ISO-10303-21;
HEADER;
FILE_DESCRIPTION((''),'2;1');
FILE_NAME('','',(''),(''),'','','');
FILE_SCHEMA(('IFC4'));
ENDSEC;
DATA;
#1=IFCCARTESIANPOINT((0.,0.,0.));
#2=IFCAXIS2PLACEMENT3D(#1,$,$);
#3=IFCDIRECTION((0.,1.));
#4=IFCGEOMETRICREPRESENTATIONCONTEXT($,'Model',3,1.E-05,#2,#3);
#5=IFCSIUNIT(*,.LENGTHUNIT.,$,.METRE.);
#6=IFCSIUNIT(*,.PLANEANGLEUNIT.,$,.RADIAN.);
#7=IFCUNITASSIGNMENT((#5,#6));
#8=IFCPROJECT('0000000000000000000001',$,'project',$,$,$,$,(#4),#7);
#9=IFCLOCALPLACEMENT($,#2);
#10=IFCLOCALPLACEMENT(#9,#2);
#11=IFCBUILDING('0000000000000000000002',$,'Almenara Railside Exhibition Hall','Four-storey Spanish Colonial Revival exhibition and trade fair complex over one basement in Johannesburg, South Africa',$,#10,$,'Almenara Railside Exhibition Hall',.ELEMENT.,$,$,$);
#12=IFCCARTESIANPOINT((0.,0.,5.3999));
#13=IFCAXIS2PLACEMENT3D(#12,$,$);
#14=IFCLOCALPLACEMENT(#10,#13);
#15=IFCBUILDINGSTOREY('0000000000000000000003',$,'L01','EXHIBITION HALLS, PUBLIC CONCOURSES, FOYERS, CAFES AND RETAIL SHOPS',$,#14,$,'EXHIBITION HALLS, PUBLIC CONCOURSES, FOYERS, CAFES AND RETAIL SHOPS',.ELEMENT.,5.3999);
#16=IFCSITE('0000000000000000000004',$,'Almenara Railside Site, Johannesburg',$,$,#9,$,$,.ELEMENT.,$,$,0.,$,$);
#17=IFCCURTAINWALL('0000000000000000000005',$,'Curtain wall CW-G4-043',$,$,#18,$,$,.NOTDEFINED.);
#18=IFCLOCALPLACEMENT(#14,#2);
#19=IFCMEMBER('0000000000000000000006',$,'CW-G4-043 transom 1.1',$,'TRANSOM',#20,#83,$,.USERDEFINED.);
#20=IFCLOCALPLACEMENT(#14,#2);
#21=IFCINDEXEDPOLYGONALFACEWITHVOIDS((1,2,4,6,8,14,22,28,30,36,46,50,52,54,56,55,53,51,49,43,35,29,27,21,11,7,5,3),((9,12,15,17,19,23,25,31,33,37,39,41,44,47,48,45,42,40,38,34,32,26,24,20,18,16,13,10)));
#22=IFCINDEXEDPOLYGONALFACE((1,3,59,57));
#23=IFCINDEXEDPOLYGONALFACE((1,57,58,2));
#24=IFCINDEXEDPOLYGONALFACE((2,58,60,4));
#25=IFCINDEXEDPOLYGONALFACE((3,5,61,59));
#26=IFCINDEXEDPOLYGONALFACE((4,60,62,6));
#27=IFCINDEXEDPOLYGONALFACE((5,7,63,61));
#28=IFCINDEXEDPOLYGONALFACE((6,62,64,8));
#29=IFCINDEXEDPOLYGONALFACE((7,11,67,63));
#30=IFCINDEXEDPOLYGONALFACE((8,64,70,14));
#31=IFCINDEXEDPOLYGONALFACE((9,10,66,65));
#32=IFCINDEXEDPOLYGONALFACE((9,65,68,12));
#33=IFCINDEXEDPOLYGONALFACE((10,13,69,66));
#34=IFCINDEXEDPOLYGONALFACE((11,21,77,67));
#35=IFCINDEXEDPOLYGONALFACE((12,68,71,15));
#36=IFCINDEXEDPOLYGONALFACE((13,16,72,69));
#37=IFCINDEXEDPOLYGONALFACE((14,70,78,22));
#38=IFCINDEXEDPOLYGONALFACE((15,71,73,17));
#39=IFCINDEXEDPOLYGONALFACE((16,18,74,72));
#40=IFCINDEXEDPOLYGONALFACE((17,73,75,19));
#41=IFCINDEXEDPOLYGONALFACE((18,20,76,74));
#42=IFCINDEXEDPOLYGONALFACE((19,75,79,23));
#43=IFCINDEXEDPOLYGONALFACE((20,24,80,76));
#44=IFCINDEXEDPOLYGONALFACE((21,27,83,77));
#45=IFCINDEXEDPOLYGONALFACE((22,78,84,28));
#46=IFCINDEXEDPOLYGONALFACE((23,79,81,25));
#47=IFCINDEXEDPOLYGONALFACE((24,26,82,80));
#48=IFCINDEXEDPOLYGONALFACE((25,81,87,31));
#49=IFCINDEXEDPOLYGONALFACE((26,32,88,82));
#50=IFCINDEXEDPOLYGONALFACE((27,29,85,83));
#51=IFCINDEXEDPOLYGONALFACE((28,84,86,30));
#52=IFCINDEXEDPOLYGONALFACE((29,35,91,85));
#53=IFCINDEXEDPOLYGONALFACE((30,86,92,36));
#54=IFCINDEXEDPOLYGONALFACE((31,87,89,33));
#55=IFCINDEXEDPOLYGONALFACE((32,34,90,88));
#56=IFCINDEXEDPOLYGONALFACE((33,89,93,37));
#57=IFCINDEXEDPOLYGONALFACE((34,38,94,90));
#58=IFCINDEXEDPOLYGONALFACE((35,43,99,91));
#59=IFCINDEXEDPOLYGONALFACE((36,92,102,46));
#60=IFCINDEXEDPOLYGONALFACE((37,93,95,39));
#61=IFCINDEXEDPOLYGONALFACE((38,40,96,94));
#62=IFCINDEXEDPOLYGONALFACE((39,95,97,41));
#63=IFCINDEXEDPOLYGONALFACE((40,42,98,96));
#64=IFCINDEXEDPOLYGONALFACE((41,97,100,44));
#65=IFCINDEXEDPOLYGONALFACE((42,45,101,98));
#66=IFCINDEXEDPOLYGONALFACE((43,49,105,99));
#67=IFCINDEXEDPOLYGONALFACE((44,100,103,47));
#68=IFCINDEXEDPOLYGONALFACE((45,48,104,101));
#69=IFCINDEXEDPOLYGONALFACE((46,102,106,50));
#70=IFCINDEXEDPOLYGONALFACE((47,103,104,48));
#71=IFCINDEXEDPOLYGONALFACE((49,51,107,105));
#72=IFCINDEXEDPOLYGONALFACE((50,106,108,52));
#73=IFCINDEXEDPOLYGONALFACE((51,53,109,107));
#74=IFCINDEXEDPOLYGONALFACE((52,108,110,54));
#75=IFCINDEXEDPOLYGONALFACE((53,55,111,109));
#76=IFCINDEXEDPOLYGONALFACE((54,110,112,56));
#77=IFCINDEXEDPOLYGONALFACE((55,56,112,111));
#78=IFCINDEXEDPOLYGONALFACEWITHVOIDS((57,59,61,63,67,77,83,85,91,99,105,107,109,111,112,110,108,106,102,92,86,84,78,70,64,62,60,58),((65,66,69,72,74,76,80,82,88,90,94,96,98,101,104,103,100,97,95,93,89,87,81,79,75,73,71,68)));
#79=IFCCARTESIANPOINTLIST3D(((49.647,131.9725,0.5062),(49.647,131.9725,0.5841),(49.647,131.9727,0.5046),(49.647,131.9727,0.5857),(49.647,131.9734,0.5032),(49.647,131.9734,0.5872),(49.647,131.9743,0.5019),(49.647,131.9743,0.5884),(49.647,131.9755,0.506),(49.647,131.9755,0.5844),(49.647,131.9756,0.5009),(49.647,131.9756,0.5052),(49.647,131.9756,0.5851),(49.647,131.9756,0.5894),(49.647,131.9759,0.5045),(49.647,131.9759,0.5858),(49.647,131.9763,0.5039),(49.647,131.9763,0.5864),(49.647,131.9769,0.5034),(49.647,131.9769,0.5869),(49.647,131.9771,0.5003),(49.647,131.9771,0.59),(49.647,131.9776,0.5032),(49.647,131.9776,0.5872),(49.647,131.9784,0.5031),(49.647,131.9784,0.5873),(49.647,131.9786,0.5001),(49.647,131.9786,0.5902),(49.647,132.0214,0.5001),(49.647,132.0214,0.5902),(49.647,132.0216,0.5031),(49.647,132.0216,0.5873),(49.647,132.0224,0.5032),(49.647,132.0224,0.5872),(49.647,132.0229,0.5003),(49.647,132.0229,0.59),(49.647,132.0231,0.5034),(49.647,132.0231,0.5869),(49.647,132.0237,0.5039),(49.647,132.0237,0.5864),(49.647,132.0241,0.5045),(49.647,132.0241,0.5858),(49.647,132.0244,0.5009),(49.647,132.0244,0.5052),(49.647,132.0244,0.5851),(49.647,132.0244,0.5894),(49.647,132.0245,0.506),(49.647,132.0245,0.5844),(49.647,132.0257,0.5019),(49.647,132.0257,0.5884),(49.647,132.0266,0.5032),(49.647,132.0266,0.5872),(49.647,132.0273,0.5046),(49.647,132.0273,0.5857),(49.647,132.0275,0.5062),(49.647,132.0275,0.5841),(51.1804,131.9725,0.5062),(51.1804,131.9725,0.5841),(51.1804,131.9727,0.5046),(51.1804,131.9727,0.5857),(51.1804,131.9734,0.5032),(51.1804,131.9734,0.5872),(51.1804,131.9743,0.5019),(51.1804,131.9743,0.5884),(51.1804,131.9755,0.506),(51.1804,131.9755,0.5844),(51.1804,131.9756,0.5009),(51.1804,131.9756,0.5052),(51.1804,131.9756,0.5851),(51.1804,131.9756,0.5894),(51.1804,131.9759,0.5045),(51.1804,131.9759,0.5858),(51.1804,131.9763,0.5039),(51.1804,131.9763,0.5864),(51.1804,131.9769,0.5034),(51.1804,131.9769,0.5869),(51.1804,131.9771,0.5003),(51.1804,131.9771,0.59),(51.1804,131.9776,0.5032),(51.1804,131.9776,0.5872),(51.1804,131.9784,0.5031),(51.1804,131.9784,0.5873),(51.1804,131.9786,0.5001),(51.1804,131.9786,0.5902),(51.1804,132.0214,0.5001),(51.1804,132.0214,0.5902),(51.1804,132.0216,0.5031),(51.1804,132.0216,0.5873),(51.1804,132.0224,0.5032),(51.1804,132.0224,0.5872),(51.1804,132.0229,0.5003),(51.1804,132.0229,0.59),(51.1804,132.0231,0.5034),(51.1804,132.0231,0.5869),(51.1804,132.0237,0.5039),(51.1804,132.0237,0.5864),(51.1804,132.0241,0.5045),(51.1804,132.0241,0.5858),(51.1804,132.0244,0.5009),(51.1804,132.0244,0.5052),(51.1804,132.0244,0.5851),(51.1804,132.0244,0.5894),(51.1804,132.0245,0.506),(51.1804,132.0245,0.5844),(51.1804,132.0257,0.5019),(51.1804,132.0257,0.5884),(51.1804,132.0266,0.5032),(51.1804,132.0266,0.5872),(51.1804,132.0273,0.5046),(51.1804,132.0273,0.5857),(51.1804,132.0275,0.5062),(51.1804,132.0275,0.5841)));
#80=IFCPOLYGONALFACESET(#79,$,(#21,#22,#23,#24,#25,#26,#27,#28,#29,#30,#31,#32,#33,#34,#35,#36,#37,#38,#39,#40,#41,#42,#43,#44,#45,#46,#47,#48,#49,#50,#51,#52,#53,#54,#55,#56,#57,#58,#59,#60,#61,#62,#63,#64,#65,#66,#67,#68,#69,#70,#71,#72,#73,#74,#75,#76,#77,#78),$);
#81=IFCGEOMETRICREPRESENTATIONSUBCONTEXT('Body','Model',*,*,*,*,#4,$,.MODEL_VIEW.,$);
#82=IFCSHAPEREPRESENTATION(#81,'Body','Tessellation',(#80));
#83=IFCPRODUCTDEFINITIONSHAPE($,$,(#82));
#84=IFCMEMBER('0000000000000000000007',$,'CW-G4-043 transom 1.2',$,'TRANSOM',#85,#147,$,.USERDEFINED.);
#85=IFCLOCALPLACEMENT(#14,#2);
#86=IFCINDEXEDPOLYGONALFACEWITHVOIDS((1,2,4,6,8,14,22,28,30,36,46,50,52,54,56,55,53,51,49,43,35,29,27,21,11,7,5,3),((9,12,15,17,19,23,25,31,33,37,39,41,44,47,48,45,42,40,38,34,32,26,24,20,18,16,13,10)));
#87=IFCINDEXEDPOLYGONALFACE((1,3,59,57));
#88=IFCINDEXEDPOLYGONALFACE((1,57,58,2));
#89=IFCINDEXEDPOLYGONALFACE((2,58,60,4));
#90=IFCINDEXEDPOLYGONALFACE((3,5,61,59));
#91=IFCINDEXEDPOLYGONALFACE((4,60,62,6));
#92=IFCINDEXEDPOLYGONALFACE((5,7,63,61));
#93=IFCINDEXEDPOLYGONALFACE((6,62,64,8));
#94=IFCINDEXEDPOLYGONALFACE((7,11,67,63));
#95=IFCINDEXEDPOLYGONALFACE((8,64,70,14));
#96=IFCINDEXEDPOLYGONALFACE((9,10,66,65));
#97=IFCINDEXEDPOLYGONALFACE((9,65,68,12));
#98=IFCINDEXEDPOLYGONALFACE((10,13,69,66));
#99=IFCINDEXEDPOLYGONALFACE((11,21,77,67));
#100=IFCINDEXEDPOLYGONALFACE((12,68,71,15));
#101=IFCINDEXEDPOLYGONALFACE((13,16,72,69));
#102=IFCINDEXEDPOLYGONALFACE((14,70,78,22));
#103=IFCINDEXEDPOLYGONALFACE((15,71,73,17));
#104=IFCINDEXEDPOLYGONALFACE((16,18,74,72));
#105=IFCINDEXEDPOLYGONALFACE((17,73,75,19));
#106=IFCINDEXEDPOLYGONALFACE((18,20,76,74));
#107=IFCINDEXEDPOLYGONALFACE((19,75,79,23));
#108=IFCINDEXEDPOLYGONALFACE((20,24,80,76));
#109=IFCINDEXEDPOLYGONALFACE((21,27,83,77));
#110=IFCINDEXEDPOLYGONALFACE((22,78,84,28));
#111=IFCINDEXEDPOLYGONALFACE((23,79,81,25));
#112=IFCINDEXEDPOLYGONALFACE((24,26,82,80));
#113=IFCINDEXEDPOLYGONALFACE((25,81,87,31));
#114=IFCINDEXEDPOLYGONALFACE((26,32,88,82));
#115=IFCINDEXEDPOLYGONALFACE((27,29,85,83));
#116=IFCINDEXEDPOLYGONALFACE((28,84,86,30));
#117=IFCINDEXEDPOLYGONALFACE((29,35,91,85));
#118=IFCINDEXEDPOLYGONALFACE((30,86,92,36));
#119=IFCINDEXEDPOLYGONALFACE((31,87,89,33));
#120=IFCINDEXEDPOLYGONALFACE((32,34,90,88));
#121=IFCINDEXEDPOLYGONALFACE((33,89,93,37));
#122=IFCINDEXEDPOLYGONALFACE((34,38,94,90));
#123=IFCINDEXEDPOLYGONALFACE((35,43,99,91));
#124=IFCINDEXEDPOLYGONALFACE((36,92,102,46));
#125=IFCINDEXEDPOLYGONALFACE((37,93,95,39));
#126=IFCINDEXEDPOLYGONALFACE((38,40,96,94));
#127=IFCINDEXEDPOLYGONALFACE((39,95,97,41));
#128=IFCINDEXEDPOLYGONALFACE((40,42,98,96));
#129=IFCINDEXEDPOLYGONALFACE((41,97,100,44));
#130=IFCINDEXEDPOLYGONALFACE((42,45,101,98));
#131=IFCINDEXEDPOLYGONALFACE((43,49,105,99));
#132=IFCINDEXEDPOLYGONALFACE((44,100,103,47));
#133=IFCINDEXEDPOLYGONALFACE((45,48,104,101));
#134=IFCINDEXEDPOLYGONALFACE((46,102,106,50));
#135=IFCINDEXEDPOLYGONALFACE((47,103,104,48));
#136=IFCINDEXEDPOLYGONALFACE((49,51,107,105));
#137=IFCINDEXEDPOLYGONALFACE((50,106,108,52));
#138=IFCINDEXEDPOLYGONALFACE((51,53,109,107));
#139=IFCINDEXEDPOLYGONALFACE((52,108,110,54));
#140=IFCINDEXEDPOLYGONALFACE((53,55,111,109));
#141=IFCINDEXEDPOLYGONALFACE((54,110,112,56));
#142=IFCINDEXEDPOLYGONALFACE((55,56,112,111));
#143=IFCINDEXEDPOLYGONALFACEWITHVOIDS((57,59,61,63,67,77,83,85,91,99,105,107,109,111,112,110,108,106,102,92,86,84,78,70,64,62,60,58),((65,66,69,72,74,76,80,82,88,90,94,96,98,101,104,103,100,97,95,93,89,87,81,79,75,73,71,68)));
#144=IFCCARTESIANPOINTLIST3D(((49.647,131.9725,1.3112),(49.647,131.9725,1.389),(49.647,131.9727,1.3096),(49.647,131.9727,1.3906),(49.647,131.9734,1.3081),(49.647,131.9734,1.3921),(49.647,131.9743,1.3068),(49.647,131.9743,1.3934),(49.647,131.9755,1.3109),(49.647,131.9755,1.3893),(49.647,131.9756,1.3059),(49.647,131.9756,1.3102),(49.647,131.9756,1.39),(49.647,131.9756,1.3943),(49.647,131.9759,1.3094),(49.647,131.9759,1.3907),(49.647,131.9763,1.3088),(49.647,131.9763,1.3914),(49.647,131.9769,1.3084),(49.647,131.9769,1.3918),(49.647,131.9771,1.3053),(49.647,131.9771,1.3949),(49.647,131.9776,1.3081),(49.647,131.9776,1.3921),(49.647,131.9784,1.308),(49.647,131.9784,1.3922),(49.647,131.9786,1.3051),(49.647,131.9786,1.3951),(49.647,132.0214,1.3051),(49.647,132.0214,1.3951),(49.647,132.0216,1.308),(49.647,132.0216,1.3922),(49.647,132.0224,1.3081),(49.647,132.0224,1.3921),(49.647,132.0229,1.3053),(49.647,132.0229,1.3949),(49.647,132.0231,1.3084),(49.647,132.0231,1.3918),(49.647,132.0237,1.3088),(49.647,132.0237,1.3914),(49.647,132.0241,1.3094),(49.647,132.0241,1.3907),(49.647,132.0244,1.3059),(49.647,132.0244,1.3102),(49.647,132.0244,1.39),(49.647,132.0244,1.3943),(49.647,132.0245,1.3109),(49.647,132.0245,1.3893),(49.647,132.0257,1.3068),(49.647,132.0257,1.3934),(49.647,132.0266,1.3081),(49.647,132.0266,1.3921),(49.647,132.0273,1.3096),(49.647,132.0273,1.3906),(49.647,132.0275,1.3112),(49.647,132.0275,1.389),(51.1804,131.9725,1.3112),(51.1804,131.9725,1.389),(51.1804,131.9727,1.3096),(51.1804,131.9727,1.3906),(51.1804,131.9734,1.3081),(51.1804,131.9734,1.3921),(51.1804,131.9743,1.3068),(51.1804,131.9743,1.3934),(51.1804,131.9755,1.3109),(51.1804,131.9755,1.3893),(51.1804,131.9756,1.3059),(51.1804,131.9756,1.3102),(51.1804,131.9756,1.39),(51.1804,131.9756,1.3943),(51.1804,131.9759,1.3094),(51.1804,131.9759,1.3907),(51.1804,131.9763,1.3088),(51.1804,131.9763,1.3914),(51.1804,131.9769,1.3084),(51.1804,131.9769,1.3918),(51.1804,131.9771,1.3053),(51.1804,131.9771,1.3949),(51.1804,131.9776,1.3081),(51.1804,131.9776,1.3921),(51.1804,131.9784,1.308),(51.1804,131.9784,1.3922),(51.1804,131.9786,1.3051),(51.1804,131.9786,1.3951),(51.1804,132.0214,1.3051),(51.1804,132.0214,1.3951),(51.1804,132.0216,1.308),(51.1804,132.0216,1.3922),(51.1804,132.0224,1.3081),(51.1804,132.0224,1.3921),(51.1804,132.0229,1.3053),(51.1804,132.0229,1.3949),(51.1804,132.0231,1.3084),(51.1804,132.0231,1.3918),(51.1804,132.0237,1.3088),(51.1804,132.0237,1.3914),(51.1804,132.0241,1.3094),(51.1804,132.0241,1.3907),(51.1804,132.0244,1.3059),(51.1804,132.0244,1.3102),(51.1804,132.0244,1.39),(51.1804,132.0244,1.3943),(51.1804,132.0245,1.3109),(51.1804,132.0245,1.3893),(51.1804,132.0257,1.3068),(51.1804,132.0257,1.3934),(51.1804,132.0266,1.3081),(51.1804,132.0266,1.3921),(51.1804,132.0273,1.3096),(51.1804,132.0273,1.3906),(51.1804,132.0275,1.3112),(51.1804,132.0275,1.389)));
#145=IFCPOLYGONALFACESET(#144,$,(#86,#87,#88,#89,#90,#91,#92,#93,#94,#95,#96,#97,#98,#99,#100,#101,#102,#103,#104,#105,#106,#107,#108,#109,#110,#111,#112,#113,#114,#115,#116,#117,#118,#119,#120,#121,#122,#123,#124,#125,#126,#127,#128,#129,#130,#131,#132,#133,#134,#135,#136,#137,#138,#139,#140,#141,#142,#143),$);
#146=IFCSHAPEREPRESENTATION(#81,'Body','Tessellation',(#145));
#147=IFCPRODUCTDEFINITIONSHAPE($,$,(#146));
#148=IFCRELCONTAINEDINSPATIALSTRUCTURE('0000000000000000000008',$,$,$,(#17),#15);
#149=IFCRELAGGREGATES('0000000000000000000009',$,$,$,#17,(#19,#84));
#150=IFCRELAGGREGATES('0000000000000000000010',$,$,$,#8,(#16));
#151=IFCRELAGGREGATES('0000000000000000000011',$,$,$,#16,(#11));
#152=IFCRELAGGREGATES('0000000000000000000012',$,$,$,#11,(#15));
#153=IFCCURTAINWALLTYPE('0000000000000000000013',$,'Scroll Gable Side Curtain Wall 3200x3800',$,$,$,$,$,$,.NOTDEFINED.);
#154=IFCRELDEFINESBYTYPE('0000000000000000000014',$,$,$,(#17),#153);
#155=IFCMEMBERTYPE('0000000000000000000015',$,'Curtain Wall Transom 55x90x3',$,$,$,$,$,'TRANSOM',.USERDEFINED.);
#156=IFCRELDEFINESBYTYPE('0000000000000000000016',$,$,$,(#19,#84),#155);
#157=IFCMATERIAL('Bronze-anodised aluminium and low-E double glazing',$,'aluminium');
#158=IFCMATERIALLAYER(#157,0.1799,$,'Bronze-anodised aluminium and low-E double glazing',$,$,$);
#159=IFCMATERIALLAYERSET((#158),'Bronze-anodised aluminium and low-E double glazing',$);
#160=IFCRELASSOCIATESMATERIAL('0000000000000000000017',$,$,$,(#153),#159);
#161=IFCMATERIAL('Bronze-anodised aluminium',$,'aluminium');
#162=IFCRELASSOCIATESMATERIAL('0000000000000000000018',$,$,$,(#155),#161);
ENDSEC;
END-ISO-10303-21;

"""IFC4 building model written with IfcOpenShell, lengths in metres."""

from ifc_helpers import new_model, si_unit, direction, frame, origin, origin_2d, place, context, subcontext, project, spatial, hollow_rectangle, extrude, material, layer, layer_set, material_profile, profile_set, type_object, element, aggregate, save


model = new_model("IFC4")

# Units and contexts
model_context = context("Model", 3, precision=1e-05, world=origin(), true_north=direction((0.0, 1.0)))
body_context = subcontext(model_context, "Body", "Model", "MODEL_VIEW")
ifc_project = project(units=[si_unit("LENGTHUNIT", "METRE"), si_unit("PLANEANGLEUNIT", "RADIAN")], contexts=[model_context])

# Site, building, storey
site_placement = place(None, origin())
site = spatial("IfcSite", under=ifc_project, at=site_placement, Name="Almenara Railside Site, Johannesburg", CompositionType="ELEMENT", RefElevation=0.0)
building_placement = place(site_placement, origin())
building = spatial("IfcBuilding", under=site, at=building_placement, Name="Almenara Railside Exhibition Hall", Description="Four-storey Spanish Colonial Revival exhibition and trade fair complex over one basement in Johannesburg, South Africa", LongName="Almenara Railside Exhibition Hall", CompositionType="ELEMENT")
storey_placement = place(building_placement, frame((0.0, 0.0, 5.3999)))
storey = spatial("IfcBuildingStorey", under=building, at=storey_placement, Name="L01", Description="EXHIBITION HALLS, PUBLIC CONCOURSES, FOYERS, CAFES AND RETAIL SHOPS", LongName="EXHIBITION HALLS, PUBLIC CONCOURSES, FOYERS, CAFES AND RETAIL SHOPS", CompositionType="ELEMENT", Elevation=5.3999)

# Curtain wall
ifc_material_1 = material(Name="Bronze-anodised aluminium and low-E double glazing", Category="aluminium")
ifc_layer_1 = layer(ifc_material_1, 0.1799, Name="Bronze-anodised aluminium and low-E double glazing")
ifc_layer_set_1 = layer_set([ifc_layer_1], Name="Bronze-anodised aluminium and low-E double glazing")
curtain_wall_type_1 = type_object("IfcCurtainWallType", Name="Scroll Gable Side Curtain Wall 3200x3800", PredefinedType="NOTDEFINED", material=ifc_layer_set_1)
curtain_wall_1_placement = place(storey_placement, origin())
curtain_wall_1 = element("IfcCurtainWall", 1, at=curtain_wall_1_placement, inside=storey, type_object=curtain_wall_type_1, Name="Curtain wall CW-G4-043", PredefinedType="NOTDEFINED")
ifc_material_2 = material(Name="Bronze-anodised aluminium", Category="aluminium")

# Members
ifc_material_profile_1 = material_profile(ifc_material_2, hollow_rectangle(XDim=0.0549, YDim=0.0901, WallThickness=0.0029, InnerFilletRadius=0.0029, OuterFilletRadius=0.0061, at=origin_2d()), Name="ALU-TRN 55x90x3")
ifc_profile_set_1 = profile_set([ifc_material_profile_1], Name="Bronze-anodised aluminium")
member_type_1 = type_object("IfcMemberType", Name="Curtain Wall Transom 55x90x3", ElementType="TRANSOM", PredefinedType="USERDEFINED", material=ifc_profile_set_1)
member_1_placement = place(storey_placement, frame((49.647, 132.0, 0.5452), z_axis=(1.0, 0.0, 0.0), x_axis=(0.0, 1.0, 0.0)))
member_1 = element("IfcMember", 2, at=member_1_placement, type_object=member_type_1, Name="CW-G4-043 transom 1.1", ObjectType="TRANSOM", PredefinedType="USERDEFINED", context=body_context, shape_type="SweptSolid", body=[
    extrude(hollow_rectangle(XDim=0.0549, YDim=0.0901, WallThickness=0.0029, InnerFilletRadius=0.0029, OuterFilletRadius=0.0061, at=origin_2d()), origin(), (0.0, 0.0, 1.0), 1.5334),
])
member_2_placement = place(storey_placement, frame((49.647, 132.0, 1.3501), z_axis=(1.0, 0.0, 0.0), x_axis=(0.0, 1.0, 0.0)))
member_2 = element("IfcMember", 3, at=member_2_placement, type_object=member_type_1, Name="CW-G4-043 transom 1.2", ObjectType="TRANSOM", PredefinedType="USERDEFINED", context=body_context, shape_type="SweptSolid", body=[
    extrude(hollow_rectangle(XDim=0.0549, YDim=0.0901, WallThickness=0.0029, InnerFilletRadius=0.0029, OuterFilletRadius=0.0061, at=origin_2d()), origin(), (0.0, 0.0, 1.0), 1.5334),
])

aggregate(curtain_wall_1, [member_1, member_2])

save(model, "model.ifc")
